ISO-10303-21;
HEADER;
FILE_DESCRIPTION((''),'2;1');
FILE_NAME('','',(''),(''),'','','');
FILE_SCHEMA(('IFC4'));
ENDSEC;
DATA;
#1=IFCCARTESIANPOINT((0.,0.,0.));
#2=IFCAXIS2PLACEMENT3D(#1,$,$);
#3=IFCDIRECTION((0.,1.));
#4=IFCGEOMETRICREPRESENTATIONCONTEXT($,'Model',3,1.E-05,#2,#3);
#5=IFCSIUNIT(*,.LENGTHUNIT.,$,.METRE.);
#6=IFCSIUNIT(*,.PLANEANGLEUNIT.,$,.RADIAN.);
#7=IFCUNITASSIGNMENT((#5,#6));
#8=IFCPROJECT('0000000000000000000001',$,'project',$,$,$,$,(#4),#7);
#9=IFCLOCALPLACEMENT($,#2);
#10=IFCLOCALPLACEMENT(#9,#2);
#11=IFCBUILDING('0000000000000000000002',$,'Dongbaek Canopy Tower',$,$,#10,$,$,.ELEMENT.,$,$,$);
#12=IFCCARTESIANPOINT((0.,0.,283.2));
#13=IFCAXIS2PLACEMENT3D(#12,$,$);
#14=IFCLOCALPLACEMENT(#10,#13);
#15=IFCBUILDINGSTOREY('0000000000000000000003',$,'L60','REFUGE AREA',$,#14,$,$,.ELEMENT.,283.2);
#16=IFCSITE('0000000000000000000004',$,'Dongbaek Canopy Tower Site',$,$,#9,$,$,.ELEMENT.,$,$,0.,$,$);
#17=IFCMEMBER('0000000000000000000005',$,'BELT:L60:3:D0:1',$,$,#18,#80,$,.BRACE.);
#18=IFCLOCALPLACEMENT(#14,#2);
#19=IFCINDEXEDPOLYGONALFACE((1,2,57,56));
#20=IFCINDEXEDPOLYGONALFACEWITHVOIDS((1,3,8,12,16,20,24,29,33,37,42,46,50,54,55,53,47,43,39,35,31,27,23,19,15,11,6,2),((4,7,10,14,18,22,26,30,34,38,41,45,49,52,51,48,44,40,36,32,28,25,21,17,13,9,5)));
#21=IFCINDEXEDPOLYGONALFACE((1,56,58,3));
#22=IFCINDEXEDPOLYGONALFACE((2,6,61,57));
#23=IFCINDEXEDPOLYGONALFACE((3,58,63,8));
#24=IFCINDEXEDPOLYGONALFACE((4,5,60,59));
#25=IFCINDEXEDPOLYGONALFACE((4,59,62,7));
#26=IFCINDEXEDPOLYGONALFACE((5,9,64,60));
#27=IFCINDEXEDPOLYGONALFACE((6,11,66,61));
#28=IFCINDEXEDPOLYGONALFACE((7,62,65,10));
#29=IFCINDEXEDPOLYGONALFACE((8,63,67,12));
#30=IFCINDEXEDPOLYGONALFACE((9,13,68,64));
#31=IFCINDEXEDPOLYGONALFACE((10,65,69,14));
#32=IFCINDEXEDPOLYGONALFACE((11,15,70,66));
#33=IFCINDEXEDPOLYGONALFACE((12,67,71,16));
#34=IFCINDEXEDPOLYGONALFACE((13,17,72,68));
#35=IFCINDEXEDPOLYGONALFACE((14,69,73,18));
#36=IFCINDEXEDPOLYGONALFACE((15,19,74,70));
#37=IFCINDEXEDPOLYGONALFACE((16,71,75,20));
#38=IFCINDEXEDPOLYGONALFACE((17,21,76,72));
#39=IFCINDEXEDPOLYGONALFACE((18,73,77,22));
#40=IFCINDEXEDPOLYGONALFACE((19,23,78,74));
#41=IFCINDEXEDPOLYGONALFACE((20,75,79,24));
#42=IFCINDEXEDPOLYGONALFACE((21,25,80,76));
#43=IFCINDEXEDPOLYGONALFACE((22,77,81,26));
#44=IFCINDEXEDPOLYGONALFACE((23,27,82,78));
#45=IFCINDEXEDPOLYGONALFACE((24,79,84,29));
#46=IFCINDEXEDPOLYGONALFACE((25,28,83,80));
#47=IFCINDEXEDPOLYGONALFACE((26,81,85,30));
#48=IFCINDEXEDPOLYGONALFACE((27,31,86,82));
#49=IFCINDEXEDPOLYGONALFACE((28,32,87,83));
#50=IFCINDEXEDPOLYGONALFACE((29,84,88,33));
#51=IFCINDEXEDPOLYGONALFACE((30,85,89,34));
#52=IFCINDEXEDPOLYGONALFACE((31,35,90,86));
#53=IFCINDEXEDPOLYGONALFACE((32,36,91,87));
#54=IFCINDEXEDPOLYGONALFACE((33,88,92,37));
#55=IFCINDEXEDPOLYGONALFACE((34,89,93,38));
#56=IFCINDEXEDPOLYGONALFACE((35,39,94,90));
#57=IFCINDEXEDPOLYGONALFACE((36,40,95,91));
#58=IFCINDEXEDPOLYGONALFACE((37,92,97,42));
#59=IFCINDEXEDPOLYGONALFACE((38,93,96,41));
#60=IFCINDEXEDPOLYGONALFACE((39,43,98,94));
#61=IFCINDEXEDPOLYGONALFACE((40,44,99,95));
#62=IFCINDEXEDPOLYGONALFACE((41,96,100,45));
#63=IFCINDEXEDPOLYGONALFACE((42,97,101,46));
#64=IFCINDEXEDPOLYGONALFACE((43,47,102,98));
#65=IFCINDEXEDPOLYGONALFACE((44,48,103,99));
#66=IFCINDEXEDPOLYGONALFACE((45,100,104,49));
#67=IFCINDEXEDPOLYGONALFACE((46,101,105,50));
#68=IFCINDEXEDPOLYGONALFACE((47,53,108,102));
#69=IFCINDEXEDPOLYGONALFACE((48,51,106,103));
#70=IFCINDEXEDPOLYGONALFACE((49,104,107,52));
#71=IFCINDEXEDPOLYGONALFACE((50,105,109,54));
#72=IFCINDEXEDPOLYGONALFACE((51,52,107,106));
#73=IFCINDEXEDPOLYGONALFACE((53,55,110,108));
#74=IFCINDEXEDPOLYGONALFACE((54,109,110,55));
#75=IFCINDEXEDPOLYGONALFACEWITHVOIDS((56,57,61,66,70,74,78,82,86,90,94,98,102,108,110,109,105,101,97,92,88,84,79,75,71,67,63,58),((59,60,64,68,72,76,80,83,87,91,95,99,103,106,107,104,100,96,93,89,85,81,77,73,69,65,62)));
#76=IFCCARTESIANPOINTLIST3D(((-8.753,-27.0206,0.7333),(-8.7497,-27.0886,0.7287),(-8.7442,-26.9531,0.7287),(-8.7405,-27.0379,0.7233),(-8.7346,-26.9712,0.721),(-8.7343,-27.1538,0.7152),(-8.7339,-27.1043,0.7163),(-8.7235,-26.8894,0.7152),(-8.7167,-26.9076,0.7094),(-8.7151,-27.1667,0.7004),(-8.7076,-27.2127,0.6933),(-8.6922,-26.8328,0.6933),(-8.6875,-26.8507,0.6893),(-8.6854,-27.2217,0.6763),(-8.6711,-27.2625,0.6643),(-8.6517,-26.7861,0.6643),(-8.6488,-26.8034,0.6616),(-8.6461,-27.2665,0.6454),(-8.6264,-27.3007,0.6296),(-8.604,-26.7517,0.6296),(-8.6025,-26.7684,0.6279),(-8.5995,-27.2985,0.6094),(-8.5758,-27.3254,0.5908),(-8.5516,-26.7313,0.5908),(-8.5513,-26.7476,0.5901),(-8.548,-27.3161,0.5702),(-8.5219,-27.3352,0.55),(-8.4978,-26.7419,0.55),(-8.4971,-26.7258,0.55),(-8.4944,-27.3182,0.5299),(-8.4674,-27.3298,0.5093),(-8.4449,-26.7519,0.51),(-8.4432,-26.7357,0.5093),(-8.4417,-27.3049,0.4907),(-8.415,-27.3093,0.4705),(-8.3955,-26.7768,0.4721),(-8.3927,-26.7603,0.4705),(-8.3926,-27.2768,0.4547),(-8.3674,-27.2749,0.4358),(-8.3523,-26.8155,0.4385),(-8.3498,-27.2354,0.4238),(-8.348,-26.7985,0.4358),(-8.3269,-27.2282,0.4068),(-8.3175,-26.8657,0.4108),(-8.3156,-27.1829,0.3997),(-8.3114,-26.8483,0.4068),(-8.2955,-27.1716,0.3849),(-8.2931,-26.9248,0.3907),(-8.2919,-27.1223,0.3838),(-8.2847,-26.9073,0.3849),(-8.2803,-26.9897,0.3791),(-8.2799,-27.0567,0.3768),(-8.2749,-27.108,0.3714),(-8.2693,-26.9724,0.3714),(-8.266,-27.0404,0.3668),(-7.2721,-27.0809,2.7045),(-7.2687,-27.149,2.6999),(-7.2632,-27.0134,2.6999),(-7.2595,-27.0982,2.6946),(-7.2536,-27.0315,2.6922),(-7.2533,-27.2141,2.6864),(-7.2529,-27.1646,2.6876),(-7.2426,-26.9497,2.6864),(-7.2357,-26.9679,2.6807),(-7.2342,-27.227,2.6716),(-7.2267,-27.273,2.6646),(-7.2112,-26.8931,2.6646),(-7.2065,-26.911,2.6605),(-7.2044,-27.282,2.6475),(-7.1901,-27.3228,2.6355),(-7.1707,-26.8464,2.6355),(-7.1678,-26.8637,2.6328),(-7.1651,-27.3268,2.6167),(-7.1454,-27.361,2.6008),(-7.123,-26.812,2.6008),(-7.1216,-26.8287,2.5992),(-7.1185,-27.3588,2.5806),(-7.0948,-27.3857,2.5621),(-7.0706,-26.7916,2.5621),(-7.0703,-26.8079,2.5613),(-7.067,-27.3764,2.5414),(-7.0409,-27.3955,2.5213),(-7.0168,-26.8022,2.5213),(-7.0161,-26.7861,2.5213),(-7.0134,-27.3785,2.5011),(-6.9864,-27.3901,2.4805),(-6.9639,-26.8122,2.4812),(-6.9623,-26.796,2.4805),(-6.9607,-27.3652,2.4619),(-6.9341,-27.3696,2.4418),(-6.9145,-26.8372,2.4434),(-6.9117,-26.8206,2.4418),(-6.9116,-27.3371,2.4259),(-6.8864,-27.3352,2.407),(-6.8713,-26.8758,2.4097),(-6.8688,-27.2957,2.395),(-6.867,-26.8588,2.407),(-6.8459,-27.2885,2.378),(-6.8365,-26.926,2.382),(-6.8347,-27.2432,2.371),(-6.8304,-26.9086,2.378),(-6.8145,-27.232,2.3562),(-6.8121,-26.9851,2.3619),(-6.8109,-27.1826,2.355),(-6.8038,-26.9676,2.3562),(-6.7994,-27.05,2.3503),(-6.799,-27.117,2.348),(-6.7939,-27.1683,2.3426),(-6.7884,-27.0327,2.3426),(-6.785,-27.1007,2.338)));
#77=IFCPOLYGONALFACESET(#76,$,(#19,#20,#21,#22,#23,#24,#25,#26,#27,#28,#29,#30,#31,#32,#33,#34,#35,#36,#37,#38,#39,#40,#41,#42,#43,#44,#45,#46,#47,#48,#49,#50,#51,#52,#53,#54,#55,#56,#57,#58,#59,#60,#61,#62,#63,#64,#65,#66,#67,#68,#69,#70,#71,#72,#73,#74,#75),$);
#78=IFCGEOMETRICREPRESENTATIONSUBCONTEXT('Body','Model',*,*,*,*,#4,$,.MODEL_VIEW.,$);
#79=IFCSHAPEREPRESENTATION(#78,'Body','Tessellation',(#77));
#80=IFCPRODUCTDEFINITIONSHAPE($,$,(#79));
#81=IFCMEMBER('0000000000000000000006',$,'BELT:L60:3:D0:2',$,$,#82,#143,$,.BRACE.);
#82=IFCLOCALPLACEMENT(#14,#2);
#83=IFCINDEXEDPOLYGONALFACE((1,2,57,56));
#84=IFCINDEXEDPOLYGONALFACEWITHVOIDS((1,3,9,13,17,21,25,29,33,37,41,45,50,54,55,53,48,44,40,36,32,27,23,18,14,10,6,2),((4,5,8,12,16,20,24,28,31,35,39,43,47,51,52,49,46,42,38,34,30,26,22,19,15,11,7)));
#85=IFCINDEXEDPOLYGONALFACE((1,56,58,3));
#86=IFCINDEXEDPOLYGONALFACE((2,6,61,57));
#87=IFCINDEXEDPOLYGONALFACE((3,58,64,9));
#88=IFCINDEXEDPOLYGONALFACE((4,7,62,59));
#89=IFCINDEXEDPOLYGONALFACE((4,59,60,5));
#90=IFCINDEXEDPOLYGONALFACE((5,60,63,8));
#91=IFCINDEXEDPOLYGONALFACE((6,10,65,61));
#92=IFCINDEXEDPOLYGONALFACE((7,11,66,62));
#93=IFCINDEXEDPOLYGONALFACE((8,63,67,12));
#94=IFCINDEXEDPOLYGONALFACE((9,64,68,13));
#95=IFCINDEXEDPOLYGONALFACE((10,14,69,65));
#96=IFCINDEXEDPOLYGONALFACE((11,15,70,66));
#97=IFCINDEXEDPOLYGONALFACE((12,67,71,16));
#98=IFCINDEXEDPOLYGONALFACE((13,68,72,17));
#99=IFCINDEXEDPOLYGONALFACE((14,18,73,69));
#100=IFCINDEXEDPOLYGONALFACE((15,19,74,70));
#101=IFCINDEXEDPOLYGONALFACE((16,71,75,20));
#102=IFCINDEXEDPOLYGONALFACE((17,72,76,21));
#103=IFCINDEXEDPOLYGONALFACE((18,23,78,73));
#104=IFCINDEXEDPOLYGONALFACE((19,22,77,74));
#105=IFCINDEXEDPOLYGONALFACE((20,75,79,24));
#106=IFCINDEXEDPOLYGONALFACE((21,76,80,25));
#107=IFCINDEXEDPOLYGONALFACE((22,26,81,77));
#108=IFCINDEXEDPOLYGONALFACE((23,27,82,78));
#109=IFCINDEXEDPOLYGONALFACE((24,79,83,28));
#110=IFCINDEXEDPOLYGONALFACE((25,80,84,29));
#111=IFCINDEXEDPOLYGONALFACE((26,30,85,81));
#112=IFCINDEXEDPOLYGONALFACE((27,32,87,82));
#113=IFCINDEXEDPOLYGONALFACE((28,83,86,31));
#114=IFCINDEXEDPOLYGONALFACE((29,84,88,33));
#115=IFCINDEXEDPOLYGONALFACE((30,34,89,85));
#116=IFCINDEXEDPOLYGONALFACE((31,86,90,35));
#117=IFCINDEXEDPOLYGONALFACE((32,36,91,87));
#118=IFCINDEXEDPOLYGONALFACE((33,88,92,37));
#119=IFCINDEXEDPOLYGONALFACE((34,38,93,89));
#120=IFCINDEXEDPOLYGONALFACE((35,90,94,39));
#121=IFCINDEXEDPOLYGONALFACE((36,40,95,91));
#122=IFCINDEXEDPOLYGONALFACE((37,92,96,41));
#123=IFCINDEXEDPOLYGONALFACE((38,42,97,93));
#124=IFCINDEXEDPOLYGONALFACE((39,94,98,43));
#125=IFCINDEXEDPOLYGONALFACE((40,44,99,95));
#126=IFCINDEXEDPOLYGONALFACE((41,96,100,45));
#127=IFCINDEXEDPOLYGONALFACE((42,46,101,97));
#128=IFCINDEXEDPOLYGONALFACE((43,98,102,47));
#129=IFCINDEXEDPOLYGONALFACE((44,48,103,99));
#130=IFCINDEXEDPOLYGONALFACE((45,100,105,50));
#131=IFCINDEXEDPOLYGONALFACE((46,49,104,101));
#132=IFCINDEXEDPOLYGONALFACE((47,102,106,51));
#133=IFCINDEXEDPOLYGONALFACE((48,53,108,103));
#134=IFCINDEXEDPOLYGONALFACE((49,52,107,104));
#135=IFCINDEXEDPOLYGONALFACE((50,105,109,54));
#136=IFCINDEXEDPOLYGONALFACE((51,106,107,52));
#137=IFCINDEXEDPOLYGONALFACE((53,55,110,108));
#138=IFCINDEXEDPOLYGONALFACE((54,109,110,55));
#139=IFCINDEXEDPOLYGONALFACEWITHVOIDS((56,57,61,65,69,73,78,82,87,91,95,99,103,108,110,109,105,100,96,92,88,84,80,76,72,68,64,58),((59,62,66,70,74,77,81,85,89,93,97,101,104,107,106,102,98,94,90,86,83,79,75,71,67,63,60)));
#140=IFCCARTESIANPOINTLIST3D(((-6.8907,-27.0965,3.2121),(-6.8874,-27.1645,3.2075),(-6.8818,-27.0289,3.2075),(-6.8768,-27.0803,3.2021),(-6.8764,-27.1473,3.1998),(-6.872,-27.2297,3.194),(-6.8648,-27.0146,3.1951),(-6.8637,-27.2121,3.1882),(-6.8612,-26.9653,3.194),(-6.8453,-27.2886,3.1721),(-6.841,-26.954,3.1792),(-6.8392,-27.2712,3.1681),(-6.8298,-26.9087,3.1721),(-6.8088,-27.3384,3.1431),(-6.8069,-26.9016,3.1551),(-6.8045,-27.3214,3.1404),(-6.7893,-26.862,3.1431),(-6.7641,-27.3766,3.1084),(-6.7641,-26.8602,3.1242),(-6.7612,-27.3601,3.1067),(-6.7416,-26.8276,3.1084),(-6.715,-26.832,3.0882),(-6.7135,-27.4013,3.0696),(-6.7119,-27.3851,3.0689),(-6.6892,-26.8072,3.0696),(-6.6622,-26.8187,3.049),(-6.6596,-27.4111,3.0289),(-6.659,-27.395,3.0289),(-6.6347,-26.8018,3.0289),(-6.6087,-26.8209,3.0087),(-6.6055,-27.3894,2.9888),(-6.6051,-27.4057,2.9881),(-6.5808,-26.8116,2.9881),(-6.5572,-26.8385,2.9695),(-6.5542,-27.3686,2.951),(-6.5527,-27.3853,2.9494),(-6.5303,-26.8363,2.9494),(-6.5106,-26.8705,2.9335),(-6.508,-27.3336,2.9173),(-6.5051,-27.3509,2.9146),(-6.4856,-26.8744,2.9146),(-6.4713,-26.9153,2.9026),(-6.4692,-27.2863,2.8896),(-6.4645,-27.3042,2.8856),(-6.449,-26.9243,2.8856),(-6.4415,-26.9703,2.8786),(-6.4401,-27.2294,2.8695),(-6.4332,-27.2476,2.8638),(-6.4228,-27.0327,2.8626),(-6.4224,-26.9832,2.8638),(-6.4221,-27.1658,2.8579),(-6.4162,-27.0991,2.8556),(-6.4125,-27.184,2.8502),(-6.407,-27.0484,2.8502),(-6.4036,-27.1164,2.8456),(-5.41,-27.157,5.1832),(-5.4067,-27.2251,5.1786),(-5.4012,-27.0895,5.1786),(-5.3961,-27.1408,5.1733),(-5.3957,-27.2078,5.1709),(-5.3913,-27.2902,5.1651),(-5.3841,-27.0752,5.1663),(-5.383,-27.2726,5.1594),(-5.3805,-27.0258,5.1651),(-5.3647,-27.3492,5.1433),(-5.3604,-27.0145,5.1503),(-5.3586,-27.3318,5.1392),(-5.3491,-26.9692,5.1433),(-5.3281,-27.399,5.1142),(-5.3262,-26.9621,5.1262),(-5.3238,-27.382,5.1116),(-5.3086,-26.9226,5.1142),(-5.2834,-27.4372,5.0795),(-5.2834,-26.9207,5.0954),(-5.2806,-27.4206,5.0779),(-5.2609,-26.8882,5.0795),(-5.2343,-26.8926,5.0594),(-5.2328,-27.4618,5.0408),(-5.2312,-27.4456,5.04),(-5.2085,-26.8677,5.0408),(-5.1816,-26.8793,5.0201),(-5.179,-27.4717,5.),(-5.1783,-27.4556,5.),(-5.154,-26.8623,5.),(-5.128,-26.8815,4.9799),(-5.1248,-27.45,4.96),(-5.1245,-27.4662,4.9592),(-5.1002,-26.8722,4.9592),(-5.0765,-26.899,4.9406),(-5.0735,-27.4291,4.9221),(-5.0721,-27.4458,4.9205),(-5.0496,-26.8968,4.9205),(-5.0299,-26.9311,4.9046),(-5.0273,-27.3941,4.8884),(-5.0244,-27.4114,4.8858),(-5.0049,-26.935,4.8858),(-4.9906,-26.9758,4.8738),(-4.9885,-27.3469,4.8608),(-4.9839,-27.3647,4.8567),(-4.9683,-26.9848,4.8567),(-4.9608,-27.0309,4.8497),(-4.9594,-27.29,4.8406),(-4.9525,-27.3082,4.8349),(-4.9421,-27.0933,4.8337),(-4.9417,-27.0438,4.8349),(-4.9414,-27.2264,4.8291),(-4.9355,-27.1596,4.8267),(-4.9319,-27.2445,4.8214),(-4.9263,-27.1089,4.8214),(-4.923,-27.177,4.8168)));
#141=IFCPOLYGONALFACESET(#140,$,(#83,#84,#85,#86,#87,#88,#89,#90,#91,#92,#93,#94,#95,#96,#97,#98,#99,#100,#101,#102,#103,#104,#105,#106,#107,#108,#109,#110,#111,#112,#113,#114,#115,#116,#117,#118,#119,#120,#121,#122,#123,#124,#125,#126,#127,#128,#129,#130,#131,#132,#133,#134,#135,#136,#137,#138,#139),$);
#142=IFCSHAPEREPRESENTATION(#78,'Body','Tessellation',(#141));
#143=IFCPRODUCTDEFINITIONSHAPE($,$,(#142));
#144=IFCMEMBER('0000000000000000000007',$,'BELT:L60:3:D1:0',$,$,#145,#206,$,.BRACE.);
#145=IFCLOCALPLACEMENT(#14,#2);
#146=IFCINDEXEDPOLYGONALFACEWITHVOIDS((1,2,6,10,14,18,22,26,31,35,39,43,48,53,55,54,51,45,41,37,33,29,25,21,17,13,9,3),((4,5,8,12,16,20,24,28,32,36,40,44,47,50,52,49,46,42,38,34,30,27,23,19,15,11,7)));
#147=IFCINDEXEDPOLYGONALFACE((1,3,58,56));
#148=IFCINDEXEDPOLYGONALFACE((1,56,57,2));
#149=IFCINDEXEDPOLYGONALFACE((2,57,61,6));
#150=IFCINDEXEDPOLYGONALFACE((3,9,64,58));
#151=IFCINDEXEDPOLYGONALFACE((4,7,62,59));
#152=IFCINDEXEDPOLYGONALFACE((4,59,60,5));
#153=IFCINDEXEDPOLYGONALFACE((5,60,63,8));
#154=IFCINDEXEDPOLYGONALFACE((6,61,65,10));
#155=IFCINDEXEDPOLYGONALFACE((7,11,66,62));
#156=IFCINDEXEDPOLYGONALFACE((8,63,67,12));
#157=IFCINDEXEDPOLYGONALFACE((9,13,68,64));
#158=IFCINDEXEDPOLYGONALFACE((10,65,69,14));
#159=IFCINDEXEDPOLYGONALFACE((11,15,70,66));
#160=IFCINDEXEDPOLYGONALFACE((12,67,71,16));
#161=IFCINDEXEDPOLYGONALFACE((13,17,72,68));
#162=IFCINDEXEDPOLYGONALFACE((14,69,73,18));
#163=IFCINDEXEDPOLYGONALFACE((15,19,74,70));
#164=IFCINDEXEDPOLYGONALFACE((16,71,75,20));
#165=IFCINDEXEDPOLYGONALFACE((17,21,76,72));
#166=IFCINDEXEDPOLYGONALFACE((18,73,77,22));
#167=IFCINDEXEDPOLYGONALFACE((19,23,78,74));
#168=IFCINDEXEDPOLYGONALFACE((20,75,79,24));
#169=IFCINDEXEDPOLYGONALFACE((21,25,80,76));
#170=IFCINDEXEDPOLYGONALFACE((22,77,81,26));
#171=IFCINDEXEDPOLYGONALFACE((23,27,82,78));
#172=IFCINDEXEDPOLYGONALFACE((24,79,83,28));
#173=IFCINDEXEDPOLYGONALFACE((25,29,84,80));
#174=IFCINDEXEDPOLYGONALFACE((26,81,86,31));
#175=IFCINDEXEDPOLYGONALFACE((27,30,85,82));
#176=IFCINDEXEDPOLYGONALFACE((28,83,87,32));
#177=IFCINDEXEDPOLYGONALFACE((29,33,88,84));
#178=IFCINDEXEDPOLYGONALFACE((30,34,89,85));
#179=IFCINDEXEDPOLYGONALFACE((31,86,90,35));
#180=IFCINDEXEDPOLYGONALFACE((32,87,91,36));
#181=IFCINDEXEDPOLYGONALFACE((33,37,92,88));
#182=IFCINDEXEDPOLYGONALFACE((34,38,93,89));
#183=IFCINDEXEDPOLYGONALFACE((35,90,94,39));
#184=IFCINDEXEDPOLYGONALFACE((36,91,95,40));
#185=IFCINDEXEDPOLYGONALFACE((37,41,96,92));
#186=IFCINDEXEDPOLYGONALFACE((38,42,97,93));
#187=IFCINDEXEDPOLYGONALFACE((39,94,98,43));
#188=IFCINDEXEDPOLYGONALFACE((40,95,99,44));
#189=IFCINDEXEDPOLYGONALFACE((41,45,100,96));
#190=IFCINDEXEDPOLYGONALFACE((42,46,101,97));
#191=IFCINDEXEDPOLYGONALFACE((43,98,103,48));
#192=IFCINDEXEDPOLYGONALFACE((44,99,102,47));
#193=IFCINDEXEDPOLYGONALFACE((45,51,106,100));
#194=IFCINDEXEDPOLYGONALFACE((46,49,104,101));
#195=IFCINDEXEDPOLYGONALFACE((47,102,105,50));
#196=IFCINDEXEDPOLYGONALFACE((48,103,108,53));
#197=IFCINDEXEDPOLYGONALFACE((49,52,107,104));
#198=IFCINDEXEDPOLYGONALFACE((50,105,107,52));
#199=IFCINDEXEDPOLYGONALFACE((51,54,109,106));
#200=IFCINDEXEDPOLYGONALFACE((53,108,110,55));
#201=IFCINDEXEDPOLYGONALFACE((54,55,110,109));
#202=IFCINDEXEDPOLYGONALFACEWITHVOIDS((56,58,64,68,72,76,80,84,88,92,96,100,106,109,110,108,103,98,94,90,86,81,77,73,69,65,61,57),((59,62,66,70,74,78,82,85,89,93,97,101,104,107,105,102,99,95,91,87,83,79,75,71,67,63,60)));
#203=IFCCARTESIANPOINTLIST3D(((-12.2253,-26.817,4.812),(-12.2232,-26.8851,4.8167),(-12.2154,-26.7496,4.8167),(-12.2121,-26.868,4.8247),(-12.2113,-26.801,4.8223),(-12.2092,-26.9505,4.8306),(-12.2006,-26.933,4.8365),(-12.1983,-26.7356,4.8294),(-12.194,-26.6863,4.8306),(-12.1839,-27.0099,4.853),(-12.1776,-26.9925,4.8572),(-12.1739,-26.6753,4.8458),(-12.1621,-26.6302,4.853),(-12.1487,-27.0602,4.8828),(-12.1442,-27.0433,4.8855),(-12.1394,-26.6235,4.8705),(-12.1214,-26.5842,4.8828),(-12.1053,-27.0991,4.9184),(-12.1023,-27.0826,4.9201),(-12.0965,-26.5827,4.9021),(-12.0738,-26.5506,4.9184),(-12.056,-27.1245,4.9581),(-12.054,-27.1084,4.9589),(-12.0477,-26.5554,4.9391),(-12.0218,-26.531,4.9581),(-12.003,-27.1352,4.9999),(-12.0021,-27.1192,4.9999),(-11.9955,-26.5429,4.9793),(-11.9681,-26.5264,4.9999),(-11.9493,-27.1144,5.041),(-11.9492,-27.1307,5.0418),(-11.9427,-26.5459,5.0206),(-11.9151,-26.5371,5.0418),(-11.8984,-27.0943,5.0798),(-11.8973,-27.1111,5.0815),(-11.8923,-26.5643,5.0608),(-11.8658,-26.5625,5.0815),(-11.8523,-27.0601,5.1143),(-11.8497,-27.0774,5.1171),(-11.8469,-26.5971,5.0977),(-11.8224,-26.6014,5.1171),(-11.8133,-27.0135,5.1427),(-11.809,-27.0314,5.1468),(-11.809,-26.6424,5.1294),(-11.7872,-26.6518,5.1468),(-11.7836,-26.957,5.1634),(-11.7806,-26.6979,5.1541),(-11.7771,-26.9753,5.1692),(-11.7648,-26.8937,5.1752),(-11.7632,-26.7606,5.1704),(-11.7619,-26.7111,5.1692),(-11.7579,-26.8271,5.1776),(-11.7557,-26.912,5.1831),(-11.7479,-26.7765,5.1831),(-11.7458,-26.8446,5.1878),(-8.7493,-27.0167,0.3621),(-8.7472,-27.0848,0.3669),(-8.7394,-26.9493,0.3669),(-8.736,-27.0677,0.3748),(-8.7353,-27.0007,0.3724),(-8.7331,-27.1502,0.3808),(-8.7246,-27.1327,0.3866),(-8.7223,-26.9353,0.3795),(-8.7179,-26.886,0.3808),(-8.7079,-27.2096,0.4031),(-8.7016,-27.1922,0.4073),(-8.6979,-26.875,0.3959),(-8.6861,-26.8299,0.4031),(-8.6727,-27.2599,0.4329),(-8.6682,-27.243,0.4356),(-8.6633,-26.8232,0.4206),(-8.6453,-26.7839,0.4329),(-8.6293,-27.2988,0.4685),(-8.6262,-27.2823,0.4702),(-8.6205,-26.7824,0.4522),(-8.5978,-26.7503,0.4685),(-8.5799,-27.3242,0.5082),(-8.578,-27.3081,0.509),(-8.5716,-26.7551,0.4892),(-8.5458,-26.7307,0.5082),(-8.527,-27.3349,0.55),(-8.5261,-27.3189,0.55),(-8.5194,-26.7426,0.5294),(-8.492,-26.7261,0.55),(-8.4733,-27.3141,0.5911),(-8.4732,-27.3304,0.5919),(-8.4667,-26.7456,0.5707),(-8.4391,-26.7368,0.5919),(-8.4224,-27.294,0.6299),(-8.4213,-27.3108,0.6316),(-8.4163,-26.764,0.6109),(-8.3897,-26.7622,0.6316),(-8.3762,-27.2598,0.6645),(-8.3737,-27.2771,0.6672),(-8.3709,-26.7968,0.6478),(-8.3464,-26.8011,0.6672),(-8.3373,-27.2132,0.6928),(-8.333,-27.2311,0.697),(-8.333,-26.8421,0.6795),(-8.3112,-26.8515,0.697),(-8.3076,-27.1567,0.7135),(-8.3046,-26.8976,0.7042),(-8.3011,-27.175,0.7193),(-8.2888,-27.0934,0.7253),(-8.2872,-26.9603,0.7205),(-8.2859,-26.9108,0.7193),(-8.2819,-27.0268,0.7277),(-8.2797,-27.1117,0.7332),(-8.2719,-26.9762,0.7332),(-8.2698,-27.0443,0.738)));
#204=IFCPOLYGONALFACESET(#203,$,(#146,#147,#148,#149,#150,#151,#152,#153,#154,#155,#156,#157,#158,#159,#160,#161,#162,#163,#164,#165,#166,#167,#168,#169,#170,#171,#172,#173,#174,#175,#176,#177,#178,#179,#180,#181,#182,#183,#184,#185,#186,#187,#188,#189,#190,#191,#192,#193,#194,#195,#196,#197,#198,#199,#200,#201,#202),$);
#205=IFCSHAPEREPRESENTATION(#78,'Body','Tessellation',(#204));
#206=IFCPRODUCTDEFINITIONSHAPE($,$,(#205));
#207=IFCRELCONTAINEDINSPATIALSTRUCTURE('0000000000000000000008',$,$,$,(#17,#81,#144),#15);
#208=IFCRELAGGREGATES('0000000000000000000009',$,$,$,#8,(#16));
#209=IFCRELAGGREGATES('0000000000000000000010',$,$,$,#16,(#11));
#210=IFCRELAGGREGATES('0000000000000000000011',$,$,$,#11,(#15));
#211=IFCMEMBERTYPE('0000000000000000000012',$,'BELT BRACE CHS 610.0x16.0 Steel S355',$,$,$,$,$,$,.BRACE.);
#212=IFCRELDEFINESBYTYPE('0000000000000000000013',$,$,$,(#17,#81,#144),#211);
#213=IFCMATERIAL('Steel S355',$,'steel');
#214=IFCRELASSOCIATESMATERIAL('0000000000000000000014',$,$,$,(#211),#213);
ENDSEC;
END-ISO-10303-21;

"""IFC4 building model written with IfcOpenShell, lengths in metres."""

from ifc_helpers import new_model, si_unit, direction, frame, origin, origin_2d, place, context, subcontext, project, spatial, hollow_circle, extrude, material, material_profile, profile_set, type_object, element, save


model = new_model("IFC4")

# Units and contexts
model_context = context("Model", 3, precision=1e-05, world=origin(), true_north=direction((0.0, 1.0)))
body_context = subcontext(model_context, "Body", "Model", "MODEL_VIEW")
ifc_project = project(units=[si_unit("LENGTHUNIT", "METRE"), si_unit("PLANEANGLEUNIT", "RADIAN")], contexts=[model_context])

# Site, building, storey
site_placement = place(None, origin())
site = spatial("IfcSite", under=ifc_project, at=site_placement, Name="Dongbaek Canopy Tower Site", CompositionType="ELEMENT", RefElevation=0.0)
building_placement = place(site_placement, origin())
building = spatial("IfcBuilding", under=site, at=building_placement, Name="Dongbaek Canopy Tower", CompositionType="ELEMENT")
storey_placement = place(building_placement, frame((0.0, 0.0, 283.2)))
storey = spatial("IfcBuildingStorey", under=building, at=storey_placement, Name="L60", Description="REFUGE AREA", CompositionType="ELEMENT", Elevation=283.2)

# Members
ifc_material_1 = material(Name="Steel S355", Category="steel")
ifc_material_profile_1 = material_profile(ifc_material_1, hollow_circle(Radius=0.3049, WallThickness=0.0161, at=origin_2d()), Name="BELT BRACE CHS 610.0x16.0 Steel S355")
ifc_profile_set_1 = profile_set([ifc_material_profile_1], Name="Steel S355")
member_type_1 = type_object("IfcMemberType", Name="BELT BRACE CHS 610.0x16.0 Steel S355", PredefinedType="BRACE", material=ifc_profile_set_1)
member_1_placement = place(storey_placement, frame((-8.5095, -27.0305, 0.55), z_axis=(0.600486, -0.024451, 0.799262), x_axis=(0.040685, 0.999172, 0.0)))
element("IfcMember", 1, at=member_1_placement, inside=storey, type_object=member_type_1, Name="BELT:L60:3:D0:1", PredefinedType="BRACE", context=body_context, shape_type="SweptSolid", body=[
    extrude(hollow_circle(Radius=0.3049, WallThickness=0.0161, at=origin_2d()), origin(), (0.0, 0.0, 1.0), 2.4663),
])
member_2_placement = place(storey_placement, frame((-5.1665, -27.167, 5.0), z_axis=(-0.600421, 0.024551, -0.799307), x_axis=(-0.040856, -0.999165, 0.0)))
element("IfcMember", 2, at=member_2_placement, inside=storey, type_object=member_type_1, Name="BELT:L60:3:D0:2", PredefinedType="BRACE", context=body_context, shape_type="SweptSolid", body=[
    extrude(hollow_circle(Radius=0.3049, WallThickness=0.0161, at=origin_2d()), origin(), (0.0, 0.0, 1.0), 2.4661),
])
member_3_placement = place(storey_placement, frame((-8.5095, -27.0305, 0.55), z_axis=(-0.61521, 0.035345, 0.787571), x_axis=(-0.057357, -0.998354, 0.0)))
element("IfcMember", 3, at=member_3_placement, inside=storey, type_object=member_type_1, Name="BELT:L60:3:D1:0", PredefinedType="BRACE", context=body_context, shape_type="SweptSolid", body=[
    extrude(hollow_circle(Radius=0.3049, WallThickness=0.0161, at=origin_2d()), origin(), (0.0, 0.0, 1.0), 5.6501),
])

save(model, "model.ifc")
